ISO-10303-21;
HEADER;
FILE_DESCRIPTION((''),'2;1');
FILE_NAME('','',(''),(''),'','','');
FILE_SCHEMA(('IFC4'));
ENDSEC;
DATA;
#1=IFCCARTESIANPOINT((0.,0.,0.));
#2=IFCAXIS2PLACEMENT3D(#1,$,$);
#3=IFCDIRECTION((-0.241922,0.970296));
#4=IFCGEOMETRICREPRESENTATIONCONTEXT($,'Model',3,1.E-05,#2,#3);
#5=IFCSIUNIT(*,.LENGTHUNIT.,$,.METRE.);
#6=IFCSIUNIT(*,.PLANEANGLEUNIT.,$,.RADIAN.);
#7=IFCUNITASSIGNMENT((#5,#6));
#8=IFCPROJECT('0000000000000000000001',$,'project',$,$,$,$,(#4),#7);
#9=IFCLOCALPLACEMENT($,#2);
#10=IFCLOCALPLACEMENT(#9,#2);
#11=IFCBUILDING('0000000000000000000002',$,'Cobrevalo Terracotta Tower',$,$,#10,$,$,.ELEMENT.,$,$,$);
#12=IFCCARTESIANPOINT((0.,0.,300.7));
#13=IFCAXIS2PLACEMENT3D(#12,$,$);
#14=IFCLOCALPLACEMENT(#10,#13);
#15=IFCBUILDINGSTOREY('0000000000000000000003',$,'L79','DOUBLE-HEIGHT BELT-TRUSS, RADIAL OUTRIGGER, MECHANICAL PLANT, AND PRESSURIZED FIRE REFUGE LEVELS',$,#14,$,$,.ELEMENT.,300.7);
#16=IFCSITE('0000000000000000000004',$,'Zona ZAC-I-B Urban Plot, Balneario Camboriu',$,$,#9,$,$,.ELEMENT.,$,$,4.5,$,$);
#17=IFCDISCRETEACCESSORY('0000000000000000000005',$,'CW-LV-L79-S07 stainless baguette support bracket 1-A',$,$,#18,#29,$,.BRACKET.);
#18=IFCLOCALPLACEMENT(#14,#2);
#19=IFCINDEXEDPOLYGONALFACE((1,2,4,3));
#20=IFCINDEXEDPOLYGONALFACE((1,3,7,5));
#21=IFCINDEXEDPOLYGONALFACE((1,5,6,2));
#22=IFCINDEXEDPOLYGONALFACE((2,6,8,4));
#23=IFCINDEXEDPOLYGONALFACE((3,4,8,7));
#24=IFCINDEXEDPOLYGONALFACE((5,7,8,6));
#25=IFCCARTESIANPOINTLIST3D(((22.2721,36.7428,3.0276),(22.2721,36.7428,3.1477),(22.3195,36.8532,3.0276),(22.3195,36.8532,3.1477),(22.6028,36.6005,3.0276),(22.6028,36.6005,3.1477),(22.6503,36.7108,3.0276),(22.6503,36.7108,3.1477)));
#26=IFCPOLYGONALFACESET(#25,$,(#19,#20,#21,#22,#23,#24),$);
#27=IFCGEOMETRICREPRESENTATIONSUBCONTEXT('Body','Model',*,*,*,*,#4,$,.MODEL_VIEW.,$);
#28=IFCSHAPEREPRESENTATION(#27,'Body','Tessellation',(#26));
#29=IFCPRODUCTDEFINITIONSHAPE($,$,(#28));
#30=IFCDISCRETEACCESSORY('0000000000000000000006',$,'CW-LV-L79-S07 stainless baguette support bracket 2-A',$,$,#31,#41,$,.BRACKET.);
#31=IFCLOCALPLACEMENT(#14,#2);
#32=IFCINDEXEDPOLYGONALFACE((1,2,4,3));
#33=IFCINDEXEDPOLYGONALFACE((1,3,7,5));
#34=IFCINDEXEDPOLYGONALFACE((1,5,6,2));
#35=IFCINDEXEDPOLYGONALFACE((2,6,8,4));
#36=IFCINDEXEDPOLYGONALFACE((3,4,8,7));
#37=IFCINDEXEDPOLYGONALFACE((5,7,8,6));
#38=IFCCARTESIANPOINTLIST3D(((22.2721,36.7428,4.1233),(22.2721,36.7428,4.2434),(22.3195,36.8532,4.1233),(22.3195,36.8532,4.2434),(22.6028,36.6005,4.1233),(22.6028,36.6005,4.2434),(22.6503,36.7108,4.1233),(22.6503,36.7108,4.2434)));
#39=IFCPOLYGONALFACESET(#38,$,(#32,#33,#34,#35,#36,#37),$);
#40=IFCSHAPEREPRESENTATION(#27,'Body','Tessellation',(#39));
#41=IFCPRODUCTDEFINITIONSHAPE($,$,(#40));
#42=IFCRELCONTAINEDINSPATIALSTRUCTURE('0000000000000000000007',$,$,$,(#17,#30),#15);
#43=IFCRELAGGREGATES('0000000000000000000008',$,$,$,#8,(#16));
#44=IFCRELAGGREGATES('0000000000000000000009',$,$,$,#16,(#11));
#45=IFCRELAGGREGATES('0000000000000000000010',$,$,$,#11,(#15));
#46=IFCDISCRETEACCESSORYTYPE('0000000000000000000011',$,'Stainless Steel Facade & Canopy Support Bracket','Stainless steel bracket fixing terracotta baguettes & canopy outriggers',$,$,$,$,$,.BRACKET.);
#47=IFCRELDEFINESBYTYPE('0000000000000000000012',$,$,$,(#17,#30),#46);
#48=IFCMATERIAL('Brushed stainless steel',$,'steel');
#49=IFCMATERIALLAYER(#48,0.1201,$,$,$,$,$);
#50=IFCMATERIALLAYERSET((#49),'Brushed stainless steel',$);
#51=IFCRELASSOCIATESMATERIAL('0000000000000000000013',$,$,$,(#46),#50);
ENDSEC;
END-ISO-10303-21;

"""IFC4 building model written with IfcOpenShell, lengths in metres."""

from ifc_helpers import new_model, si_unit, direction, frame, origin, origin_2d, place, context, subcontext, project, spatial, rectangle, extrude, source, transform, mapped, material, layer, layer_set, type_object, element, save


model = new_model("IFC4")

# Units and contexts
model_context = context("Model", 3, precision=1e-05, world=origin(), true_north=direction((-0.241922, 0.970296)))
body_context = subcontext(model_context, "Body", "Model", "MODEL_VIEW")
ifc_project = project(units=[si_unit("LENGTHUNIT", "METRE"), si_unit("PLANEANGLEUNIT", "RADIAN")], contexts=[model_context])

# Site, building, storey
site_placement = place(None, origin())
site = spatial("IfcSite", under=ifc_project, at=site_placement, Name="Zona ZAC-I-B Urban Plot, Balneario Camboriu", CompositionType="ELEMENT", RefElevation=4.5)
building_placement = place(site_placement, origin())
building = spatial("IfcBuilding", under=site, at=building_placement, Name="Cobrevalo Terracotta Tower", CompositionType="ELEMENT")
storey_placement = place(building_placement, frame((0.0, 0.0, 300.7)))
storey = spatial("IfcBuildingStorey", under=building, at=storey_placement, Name="L79", Description="DOUBLE-HEIGHT BELT-TRUSS, RADIAL OUTRIGGER, MECHANICAL PLANT, AND PRESSURIZED FIRE REFUGE LEVELS", CompositionType="ELEMENT", Elevation=300.7)

# Discrete accessories
ifc_material_1 = material(Name="Brushed stainless steel", Category="steel")
ifc_layer_1 = layer(ifc_material_1, 0.1201)
ifc_layer_set_1 = layer_set([ifc_layer_1], Name="Brushed stainless steel")
discrete_accessory_type = type_object("IfcDiscreteAccessoryType", Name="Stainless Steel Facade & Canopy Support Bracket", Description="Stainless steel bracket fixing terracotta baguettes & canopy outriggers", PredefinedType="BRACKET", material=ifc_layer_set_1)
shared_shape_1 = source(origin(), body_context, "Body", "SweptSolid", [
    extrude(rectangle(XDim=0.1201, YDim=0.3601, at=origin_2d()), origin(), (0.0, 0.0, 1.0), 0.1201),
])
for number, where, z_axis, x_axis, name in (
    (1, (22.4612, 36.7268, 3.0276), (0.0, 0.0, 1.0), (-0.395368, -0.918523, 0.0), "CW-LV-L79-S07 stainless baguette support bracket 1-A"),
    (2, (22.4612, 36.7268, 4.1233), (0.0, 0.0, 1.0), (-0.395368, -0.918523, 0.0), "CW-LV-L79-S07 stainless baguette support bracket 2-A"),
):
    element("IfcDiscreteAccessory", number, at=place(storey_placement, frame(where, z_axis=z_axis, x_axis=x_axis)), inside=storey, type_object=discrete_accessory_type, Name=name, PredefinedType="BRACKET", context=body_context, shape_type="MappedRepresentation", body=[
        mapped(shared_shape_1, transform((0.0, 0.0, 0.0), scale=1.0)),
    ])

save(model, "model.ifc")
